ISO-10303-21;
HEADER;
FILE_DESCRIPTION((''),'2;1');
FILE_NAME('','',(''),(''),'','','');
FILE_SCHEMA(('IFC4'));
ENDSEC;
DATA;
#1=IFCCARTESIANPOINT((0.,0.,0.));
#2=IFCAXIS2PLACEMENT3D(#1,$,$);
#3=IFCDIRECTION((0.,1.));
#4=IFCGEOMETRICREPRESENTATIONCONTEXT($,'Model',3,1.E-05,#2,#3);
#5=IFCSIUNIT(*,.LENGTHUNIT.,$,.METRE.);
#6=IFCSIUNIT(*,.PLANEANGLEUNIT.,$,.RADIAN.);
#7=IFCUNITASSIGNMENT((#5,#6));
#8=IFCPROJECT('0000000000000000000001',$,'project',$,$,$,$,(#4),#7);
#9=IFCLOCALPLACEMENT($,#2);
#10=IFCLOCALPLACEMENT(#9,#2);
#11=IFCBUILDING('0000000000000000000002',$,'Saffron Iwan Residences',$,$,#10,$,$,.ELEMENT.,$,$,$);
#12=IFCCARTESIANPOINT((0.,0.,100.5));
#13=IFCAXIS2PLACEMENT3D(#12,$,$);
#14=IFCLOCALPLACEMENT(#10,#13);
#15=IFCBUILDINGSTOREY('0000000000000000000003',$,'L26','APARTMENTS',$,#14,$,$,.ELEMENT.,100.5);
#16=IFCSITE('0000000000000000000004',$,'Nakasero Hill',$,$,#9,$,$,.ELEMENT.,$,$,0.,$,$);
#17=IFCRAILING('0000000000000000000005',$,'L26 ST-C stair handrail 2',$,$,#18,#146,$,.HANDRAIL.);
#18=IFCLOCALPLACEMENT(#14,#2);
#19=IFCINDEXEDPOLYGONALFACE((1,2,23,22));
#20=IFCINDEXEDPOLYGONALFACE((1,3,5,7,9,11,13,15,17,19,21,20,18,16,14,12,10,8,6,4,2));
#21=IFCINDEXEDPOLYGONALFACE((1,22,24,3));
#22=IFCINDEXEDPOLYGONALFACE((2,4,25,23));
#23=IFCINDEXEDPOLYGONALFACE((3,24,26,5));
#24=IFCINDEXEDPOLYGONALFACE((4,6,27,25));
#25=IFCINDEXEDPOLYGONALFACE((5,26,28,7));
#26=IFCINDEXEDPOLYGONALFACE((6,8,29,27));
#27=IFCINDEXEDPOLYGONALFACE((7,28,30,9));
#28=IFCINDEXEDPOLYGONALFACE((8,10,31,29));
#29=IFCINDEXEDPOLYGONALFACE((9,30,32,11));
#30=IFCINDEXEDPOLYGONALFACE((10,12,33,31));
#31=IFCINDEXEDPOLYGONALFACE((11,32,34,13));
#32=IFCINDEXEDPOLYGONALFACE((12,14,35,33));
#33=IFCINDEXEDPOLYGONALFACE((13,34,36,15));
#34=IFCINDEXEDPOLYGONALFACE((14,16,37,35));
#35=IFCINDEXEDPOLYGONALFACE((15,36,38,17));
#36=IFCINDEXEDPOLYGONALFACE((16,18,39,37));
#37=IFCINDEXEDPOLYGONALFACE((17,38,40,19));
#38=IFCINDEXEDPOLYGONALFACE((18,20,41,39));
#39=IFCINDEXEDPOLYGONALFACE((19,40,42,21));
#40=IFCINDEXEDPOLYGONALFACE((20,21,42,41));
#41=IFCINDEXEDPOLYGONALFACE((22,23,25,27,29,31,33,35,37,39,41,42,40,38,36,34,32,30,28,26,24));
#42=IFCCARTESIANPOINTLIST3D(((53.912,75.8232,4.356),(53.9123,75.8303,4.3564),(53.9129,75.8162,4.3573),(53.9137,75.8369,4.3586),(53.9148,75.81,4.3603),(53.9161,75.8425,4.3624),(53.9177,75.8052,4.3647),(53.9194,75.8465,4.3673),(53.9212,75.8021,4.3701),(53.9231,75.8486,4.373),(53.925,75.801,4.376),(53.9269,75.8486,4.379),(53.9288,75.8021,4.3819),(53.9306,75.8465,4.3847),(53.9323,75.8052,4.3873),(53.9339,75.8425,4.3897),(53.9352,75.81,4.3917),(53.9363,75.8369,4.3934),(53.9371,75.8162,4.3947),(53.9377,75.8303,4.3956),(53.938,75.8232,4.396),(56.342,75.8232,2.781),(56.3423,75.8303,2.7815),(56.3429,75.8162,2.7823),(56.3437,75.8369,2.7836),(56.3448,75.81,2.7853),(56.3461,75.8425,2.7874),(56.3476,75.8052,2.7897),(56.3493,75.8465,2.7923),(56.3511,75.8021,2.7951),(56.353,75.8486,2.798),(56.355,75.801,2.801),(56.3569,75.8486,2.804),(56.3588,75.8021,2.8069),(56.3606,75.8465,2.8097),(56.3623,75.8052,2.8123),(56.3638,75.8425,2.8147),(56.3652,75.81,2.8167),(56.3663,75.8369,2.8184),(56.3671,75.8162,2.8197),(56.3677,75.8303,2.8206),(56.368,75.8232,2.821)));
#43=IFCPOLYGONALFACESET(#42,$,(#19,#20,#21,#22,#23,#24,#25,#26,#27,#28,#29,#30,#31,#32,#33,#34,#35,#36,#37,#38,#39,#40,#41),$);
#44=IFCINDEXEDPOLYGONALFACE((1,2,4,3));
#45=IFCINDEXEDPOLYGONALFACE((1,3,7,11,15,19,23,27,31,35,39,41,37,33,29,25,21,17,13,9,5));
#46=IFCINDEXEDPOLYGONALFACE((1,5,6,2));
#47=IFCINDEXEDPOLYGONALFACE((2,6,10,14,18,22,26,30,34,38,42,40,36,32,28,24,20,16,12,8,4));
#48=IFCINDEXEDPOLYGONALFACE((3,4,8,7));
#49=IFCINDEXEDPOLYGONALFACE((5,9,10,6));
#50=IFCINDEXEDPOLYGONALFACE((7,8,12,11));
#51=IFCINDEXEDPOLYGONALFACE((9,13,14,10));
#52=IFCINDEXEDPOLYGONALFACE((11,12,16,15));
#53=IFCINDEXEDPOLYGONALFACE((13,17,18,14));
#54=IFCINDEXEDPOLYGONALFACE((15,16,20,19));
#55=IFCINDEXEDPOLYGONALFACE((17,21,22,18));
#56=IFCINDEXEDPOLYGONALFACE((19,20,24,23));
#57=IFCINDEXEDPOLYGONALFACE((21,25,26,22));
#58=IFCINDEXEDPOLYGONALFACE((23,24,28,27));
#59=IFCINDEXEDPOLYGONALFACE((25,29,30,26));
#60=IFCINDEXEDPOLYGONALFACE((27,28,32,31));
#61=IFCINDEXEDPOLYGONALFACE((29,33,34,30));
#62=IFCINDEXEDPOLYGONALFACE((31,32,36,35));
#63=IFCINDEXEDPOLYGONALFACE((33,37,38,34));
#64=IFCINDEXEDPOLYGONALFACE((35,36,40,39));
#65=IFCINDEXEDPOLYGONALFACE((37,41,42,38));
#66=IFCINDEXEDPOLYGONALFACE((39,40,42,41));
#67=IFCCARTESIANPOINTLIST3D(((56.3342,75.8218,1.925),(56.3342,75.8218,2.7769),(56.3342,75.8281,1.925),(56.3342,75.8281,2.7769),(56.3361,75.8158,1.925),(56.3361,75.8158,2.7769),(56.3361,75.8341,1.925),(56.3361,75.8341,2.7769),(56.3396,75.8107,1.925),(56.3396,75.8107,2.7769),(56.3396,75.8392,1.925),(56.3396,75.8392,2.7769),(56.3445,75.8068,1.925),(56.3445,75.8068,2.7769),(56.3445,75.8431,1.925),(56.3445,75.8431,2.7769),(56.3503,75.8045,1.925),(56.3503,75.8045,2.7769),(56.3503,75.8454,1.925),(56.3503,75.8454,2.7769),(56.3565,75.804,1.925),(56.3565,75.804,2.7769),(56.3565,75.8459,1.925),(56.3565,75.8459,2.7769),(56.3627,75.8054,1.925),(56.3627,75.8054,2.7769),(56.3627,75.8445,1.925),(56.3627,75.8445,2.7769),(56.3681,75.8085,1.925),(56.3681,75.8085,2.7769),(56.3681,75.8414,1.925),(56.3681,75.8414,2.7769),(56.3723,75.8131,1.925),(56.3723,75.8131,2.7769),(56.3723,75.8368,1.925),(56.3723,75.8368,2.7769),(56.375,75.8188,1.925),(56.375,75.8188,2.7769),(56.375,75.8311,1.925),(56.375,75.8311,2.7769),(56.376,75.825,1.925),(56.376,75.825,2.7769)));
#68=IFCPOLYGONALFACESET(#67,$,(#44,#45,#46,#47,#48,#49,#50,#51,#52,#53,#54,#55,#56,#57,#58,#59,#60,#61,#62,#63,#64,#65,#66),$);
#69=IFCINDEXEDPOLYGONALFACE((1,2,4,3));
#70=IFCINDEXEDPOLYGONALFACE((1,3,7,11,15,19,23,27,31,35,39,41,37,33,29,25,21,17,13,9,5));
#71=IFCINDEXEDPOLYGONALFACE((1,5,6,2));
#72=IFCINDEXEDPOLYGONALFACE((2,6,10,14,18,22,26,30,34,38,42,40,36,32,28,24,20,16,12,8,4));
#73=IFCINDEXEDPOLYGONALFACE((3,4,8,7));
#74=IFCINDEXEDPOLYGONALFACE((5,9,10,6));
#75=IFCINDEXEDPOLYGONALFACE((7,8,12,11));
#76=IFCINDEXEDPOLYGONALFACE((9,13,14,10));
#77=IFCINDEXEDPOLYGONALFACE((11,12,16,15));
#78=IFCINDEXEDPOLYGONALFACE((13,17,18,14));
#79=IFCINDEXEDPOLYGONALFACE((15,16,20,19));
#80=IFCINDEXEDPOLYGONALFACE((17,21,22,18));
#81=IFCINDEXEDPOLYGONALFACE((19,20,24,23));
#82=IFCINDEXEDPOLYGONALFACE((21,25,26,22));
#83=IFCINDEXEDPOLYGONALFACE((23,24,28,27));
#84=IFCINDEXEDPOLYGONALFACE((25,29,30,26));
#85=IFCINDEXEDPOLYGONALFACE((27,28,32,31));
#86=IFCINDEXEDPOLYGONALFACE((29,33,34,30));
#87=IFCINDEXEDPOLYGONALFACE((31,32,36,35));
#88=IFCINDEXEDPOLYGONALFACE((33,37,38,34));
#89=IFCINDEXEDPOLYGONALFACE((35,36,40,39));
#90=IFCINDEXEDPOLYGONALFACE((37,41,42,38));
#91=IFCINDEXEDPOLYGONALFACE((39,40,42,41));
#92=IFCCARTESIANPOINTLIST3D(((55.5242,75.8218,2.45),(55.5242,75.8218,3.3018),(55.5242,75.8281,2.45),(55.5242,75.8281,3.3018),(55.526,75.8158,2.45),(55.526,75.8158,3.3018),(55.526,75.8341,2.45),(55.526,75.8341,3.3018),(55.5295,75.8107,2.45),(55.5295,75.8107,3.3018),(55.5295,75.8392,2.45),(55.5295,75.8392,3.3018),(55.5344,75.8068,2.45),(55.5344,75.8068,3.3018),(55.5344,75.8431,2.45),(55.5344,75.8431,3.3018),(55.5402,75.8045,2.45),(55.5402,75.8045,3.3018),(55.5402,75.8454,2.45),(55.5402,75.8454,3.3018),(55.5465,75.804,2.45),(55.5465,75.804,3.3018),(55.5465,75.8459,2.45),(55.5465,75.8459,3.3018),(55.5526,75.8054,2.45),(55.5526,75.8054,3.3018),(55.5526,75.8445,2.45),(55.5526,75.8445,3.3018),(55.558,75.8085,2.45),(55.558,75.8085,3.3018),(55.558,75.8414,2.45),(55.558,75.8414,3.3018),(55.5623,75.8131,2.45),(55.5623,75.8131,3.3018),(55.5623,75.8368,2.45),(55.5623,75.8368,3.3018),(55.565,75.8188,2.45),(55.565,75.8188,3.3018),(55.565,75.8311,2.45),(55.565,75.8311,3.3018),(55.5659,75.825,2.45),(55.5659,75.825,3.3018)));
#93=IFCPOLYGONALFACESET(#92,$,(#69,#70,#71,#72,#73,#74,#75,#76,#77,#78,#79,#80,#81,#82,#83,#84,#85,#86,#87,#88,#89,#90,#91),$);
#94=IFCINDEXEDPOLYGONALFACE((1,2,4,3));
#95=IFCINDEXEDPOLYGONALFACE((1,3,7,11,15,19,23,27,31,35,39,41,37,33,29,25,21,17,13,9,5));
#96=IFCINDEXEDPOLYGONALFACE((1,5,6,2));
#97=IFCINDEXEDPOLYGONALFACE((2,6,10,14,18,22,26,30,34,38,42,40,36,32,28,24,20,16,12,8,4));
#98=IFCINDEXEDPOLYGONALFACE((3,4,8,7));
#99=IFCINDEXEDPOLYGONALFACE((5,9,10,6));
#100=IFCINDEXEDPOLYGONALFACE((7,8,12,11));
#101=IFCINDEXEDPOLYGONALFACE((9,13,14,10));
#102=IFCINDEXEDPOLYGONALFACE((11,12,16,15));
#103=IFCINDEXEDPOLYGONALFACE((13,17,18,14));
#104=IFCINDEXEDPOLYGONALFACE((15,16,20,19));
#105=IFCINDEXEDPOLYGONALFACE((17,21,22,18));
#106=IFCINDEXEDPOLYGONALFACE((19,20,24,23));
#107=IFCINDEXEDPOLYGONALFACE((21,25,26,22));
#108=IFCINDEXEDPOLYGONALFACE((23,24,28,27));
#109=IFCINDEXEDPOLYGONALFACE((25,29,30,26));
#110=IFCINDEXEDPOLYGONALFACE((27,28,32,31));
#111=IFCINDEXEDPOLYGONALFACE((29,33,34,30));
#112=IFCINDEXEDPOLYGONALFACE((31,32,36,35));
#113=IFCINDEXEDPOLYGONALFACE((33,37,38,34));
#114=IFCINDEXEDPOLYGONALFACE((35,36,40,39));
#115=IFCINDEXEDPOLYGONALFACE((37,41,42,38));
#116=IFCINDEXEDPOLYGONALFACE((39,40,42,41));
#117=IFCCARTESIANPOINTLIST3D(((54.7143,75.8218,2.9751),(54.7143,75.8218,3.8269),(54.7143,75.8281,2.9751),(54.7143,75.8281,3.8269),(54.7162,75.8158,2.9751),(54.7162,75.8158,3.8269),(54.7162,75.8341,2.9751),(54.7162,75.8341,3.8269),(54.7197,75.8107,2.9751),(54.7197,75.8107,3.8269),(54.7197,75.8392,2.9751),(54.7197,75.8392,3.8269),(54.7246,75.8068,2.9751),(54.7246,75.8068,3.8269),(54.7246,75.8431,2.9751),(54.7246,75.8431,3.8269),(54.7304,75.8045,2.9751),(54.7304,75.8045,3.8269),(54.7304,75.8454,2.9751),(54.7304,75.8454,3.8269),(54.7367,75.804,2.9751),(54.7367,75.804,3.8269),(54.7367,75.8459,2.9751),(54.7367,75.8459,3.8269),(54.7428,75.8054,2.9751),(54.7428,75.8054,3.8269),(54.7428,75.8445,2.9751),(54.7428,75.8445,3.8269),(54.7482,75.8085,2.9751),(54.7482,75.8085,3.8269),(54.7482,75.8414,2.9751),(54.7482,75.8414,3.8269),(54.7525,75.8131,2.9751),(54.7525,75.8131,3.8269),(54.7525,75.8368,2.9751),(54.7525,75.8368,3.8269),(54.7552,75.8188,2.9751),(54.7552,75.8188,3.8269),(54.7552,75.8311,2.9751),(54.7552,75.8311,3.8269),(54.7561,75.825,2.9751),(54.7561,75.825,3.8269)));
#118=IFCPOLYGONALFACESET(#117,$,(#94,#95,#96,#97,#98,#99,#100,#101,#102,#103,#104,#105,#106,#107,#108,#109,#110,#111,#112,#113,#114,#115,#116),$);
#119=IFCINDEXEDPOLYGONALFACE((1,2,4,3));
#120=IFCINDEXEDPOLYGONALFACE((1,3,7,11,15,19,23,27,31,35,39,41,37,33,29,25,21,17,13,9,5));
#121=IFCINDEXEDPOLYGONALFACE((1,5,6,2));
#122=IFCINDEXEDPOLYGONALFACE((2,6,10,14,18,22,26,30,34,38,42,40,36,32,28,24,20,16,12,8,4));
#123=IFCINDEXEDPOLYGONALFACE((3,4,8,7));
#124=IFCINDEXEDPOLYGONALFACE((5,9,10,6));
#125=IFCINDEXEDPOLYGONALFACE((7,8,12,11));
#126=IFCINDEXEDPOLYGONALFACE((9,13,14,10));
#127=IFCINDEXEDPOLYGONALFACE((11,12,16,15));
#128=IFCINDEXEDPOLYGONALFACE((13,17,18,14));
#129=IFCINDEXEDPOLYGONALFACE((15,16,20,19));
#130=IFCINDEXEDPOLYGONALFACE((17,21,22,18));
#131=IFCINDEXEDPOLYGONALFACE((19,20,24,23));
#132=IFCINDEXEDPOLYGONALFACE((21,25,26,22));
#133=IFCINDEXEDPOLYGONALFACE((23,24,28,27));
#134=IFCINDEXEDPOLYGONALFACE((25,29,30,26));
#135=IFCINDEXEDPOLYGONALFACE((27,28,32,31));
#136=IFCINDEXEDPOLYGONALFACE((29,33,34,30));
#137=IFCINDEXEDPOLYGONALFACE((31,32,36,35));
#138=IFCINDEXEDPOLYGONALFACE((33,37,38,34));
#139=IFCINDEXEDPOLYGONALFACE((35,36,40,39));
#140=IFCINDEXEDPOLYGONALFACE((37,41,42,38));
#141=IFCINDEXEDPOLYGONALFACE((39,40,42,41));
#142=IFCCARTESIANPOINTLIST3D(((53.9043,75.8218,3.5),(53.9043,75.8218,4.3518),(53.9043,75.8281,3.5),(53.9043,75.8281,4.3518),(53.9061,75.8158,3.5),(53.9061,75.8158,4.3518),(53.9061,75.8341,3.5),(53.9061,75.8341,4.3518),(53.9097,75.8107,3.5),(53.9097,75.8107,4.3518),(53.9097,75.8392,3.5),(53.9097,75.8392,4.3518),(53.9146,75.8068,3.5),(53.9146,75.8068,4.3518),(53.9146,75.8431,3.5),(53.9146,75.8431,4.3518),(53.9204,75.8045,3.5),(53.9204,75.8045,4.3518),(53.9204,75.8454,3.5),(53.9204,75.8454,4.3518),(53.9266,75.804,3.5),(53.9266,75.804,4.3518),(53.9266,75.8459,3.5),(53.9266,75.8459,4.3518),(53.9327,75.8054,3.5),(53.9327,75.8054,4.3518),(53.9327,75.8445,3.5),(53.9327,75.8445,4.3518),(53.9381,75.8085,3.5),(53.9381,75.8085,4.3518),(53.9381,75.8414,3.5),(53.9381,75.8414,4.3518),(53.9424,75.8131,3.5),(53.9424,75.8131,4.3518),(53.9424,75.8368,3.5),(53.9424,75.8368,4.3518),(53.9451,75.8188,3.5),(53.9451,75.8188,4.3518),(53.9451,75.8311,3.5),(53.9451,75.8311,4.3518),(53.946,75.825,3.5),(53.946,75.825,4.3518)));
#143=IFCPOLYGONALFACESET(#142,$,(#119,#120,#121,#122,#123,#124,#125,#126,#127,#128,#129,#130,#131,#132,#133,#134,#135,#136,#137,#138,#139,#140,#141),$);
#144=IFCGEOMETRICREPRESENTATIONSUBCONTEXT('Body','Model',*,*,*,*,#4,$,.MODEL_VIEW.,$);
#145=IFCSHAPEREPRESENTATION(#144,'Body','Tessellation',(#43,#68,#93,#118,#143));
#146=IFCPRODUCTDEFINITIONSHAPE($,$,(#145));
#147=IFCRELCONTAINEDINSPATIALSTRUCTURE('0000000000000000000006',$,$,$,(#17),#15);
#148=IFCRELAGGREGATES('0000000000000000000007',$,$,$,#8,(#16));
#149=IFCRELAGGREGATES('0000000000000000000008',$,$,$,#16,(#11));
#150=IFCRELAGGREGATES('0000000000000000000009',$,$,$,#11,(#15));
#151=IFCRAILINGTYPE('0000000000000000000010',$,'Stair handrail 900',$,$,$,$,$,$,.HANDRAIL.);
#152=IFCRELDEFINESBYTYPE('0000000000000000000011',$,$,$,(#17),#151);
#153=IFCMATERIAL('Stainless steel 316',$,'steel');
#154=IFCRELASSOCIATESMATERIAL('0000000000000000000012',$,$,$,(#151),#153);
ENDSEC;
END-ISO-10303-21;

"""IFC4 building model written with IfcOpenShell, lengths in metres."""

from ifc_helpers import new_model, si_unit, direction, frame, origin, origin_2d, place, context, subcontext, project, spatial, circle, extrude, material, type_object, element, save


model = new_model("IFC4")

# Units and contexts
model_context = context("Model", 3, precision=1e-05, world=origin(), true_north=direction((0.0, 1.0)))
body_context = subcontext(model_context, "Body", "Model", "MODEL_VIEW")
ifc_project = project(units=[si_unit("LENGTHUNIT", "METRE"), si_unit("PLANEANGLEUNIT", "RADIAN")], contexts=[model_context])

# Site, building, storey
site_placement = place(None, origin())
site = spatial("IfcSite", under=ifc_project, at=site_placement, Name="Nakasero Hill", CompositionType="ELEMENT", RefElevation=0.0)
building_placement = place(site_placement, origin())
building = spatial("IfcBuilding", under=site, at=building_placement, Name="Saffron Iwan Residences", CompositionType="ELEMENT")
storey_placement = place(building_placement, frame((0.0, 0.0, 100.5)))
storey = spatial("IfcBuildingStorey", under=building, at=storey_placement, Name="L26", Description="APARTMENTS", CompositionType="ELEMENT", Elevation=100.5)

# Railing
ifc_material_1 = material(Name="Stainless steel 316", Category="steel")
railing_type_1 = type_object("IfcRailingType", Name="Stair handrail 900", PredefinedType="HANDRAIL", material=ifc_material_1)
railing_1_placement = place(storey_placement, frame((56.355, 75.825, 1.925)))
element("IfcRailing", 1, at=railing_1_placement, inside=storey, type_object=railing_type_1, Name="L26 ST-C stair handrail 2", PredefinedType="HANDRAIL", context=body_context, shape_type="SweptSolid", body=[
    extrude(circle(Radius=0.0239, at=origin_2d()), frame((0.0, 0.0, 0.876), z_axis=(-0.839154, 0.0, 0.543894), x_axis=(0.0, -1.0, 0.0)), (0.0, 0.0, 1.0), 2.8958),
    extrude(circle(Radius=0.021, at=origin_2d()), origin(), (0.0, 0.0, 1.0), 0.8518),
    extrude(circle(Radius=0.021, at=origin_2d()), frame((-0.8101, 0.0, 0.5249)), (0.0, 0.0, 1.0), 0.8518),
    extrude(circle(Radius=0.021, at=origin_2d()), frame((-1.6199, 0.0, 1.05)), (0.0, 0.0, 1.0), 0.8518),
    extrude(circle(Radius=0.021, at=origin_2d()), frame((-2.4299, 0.0, 1.575)), (0.0, 0.0, 1.0), 0.8518),
])

save(model, "model.ifc")
